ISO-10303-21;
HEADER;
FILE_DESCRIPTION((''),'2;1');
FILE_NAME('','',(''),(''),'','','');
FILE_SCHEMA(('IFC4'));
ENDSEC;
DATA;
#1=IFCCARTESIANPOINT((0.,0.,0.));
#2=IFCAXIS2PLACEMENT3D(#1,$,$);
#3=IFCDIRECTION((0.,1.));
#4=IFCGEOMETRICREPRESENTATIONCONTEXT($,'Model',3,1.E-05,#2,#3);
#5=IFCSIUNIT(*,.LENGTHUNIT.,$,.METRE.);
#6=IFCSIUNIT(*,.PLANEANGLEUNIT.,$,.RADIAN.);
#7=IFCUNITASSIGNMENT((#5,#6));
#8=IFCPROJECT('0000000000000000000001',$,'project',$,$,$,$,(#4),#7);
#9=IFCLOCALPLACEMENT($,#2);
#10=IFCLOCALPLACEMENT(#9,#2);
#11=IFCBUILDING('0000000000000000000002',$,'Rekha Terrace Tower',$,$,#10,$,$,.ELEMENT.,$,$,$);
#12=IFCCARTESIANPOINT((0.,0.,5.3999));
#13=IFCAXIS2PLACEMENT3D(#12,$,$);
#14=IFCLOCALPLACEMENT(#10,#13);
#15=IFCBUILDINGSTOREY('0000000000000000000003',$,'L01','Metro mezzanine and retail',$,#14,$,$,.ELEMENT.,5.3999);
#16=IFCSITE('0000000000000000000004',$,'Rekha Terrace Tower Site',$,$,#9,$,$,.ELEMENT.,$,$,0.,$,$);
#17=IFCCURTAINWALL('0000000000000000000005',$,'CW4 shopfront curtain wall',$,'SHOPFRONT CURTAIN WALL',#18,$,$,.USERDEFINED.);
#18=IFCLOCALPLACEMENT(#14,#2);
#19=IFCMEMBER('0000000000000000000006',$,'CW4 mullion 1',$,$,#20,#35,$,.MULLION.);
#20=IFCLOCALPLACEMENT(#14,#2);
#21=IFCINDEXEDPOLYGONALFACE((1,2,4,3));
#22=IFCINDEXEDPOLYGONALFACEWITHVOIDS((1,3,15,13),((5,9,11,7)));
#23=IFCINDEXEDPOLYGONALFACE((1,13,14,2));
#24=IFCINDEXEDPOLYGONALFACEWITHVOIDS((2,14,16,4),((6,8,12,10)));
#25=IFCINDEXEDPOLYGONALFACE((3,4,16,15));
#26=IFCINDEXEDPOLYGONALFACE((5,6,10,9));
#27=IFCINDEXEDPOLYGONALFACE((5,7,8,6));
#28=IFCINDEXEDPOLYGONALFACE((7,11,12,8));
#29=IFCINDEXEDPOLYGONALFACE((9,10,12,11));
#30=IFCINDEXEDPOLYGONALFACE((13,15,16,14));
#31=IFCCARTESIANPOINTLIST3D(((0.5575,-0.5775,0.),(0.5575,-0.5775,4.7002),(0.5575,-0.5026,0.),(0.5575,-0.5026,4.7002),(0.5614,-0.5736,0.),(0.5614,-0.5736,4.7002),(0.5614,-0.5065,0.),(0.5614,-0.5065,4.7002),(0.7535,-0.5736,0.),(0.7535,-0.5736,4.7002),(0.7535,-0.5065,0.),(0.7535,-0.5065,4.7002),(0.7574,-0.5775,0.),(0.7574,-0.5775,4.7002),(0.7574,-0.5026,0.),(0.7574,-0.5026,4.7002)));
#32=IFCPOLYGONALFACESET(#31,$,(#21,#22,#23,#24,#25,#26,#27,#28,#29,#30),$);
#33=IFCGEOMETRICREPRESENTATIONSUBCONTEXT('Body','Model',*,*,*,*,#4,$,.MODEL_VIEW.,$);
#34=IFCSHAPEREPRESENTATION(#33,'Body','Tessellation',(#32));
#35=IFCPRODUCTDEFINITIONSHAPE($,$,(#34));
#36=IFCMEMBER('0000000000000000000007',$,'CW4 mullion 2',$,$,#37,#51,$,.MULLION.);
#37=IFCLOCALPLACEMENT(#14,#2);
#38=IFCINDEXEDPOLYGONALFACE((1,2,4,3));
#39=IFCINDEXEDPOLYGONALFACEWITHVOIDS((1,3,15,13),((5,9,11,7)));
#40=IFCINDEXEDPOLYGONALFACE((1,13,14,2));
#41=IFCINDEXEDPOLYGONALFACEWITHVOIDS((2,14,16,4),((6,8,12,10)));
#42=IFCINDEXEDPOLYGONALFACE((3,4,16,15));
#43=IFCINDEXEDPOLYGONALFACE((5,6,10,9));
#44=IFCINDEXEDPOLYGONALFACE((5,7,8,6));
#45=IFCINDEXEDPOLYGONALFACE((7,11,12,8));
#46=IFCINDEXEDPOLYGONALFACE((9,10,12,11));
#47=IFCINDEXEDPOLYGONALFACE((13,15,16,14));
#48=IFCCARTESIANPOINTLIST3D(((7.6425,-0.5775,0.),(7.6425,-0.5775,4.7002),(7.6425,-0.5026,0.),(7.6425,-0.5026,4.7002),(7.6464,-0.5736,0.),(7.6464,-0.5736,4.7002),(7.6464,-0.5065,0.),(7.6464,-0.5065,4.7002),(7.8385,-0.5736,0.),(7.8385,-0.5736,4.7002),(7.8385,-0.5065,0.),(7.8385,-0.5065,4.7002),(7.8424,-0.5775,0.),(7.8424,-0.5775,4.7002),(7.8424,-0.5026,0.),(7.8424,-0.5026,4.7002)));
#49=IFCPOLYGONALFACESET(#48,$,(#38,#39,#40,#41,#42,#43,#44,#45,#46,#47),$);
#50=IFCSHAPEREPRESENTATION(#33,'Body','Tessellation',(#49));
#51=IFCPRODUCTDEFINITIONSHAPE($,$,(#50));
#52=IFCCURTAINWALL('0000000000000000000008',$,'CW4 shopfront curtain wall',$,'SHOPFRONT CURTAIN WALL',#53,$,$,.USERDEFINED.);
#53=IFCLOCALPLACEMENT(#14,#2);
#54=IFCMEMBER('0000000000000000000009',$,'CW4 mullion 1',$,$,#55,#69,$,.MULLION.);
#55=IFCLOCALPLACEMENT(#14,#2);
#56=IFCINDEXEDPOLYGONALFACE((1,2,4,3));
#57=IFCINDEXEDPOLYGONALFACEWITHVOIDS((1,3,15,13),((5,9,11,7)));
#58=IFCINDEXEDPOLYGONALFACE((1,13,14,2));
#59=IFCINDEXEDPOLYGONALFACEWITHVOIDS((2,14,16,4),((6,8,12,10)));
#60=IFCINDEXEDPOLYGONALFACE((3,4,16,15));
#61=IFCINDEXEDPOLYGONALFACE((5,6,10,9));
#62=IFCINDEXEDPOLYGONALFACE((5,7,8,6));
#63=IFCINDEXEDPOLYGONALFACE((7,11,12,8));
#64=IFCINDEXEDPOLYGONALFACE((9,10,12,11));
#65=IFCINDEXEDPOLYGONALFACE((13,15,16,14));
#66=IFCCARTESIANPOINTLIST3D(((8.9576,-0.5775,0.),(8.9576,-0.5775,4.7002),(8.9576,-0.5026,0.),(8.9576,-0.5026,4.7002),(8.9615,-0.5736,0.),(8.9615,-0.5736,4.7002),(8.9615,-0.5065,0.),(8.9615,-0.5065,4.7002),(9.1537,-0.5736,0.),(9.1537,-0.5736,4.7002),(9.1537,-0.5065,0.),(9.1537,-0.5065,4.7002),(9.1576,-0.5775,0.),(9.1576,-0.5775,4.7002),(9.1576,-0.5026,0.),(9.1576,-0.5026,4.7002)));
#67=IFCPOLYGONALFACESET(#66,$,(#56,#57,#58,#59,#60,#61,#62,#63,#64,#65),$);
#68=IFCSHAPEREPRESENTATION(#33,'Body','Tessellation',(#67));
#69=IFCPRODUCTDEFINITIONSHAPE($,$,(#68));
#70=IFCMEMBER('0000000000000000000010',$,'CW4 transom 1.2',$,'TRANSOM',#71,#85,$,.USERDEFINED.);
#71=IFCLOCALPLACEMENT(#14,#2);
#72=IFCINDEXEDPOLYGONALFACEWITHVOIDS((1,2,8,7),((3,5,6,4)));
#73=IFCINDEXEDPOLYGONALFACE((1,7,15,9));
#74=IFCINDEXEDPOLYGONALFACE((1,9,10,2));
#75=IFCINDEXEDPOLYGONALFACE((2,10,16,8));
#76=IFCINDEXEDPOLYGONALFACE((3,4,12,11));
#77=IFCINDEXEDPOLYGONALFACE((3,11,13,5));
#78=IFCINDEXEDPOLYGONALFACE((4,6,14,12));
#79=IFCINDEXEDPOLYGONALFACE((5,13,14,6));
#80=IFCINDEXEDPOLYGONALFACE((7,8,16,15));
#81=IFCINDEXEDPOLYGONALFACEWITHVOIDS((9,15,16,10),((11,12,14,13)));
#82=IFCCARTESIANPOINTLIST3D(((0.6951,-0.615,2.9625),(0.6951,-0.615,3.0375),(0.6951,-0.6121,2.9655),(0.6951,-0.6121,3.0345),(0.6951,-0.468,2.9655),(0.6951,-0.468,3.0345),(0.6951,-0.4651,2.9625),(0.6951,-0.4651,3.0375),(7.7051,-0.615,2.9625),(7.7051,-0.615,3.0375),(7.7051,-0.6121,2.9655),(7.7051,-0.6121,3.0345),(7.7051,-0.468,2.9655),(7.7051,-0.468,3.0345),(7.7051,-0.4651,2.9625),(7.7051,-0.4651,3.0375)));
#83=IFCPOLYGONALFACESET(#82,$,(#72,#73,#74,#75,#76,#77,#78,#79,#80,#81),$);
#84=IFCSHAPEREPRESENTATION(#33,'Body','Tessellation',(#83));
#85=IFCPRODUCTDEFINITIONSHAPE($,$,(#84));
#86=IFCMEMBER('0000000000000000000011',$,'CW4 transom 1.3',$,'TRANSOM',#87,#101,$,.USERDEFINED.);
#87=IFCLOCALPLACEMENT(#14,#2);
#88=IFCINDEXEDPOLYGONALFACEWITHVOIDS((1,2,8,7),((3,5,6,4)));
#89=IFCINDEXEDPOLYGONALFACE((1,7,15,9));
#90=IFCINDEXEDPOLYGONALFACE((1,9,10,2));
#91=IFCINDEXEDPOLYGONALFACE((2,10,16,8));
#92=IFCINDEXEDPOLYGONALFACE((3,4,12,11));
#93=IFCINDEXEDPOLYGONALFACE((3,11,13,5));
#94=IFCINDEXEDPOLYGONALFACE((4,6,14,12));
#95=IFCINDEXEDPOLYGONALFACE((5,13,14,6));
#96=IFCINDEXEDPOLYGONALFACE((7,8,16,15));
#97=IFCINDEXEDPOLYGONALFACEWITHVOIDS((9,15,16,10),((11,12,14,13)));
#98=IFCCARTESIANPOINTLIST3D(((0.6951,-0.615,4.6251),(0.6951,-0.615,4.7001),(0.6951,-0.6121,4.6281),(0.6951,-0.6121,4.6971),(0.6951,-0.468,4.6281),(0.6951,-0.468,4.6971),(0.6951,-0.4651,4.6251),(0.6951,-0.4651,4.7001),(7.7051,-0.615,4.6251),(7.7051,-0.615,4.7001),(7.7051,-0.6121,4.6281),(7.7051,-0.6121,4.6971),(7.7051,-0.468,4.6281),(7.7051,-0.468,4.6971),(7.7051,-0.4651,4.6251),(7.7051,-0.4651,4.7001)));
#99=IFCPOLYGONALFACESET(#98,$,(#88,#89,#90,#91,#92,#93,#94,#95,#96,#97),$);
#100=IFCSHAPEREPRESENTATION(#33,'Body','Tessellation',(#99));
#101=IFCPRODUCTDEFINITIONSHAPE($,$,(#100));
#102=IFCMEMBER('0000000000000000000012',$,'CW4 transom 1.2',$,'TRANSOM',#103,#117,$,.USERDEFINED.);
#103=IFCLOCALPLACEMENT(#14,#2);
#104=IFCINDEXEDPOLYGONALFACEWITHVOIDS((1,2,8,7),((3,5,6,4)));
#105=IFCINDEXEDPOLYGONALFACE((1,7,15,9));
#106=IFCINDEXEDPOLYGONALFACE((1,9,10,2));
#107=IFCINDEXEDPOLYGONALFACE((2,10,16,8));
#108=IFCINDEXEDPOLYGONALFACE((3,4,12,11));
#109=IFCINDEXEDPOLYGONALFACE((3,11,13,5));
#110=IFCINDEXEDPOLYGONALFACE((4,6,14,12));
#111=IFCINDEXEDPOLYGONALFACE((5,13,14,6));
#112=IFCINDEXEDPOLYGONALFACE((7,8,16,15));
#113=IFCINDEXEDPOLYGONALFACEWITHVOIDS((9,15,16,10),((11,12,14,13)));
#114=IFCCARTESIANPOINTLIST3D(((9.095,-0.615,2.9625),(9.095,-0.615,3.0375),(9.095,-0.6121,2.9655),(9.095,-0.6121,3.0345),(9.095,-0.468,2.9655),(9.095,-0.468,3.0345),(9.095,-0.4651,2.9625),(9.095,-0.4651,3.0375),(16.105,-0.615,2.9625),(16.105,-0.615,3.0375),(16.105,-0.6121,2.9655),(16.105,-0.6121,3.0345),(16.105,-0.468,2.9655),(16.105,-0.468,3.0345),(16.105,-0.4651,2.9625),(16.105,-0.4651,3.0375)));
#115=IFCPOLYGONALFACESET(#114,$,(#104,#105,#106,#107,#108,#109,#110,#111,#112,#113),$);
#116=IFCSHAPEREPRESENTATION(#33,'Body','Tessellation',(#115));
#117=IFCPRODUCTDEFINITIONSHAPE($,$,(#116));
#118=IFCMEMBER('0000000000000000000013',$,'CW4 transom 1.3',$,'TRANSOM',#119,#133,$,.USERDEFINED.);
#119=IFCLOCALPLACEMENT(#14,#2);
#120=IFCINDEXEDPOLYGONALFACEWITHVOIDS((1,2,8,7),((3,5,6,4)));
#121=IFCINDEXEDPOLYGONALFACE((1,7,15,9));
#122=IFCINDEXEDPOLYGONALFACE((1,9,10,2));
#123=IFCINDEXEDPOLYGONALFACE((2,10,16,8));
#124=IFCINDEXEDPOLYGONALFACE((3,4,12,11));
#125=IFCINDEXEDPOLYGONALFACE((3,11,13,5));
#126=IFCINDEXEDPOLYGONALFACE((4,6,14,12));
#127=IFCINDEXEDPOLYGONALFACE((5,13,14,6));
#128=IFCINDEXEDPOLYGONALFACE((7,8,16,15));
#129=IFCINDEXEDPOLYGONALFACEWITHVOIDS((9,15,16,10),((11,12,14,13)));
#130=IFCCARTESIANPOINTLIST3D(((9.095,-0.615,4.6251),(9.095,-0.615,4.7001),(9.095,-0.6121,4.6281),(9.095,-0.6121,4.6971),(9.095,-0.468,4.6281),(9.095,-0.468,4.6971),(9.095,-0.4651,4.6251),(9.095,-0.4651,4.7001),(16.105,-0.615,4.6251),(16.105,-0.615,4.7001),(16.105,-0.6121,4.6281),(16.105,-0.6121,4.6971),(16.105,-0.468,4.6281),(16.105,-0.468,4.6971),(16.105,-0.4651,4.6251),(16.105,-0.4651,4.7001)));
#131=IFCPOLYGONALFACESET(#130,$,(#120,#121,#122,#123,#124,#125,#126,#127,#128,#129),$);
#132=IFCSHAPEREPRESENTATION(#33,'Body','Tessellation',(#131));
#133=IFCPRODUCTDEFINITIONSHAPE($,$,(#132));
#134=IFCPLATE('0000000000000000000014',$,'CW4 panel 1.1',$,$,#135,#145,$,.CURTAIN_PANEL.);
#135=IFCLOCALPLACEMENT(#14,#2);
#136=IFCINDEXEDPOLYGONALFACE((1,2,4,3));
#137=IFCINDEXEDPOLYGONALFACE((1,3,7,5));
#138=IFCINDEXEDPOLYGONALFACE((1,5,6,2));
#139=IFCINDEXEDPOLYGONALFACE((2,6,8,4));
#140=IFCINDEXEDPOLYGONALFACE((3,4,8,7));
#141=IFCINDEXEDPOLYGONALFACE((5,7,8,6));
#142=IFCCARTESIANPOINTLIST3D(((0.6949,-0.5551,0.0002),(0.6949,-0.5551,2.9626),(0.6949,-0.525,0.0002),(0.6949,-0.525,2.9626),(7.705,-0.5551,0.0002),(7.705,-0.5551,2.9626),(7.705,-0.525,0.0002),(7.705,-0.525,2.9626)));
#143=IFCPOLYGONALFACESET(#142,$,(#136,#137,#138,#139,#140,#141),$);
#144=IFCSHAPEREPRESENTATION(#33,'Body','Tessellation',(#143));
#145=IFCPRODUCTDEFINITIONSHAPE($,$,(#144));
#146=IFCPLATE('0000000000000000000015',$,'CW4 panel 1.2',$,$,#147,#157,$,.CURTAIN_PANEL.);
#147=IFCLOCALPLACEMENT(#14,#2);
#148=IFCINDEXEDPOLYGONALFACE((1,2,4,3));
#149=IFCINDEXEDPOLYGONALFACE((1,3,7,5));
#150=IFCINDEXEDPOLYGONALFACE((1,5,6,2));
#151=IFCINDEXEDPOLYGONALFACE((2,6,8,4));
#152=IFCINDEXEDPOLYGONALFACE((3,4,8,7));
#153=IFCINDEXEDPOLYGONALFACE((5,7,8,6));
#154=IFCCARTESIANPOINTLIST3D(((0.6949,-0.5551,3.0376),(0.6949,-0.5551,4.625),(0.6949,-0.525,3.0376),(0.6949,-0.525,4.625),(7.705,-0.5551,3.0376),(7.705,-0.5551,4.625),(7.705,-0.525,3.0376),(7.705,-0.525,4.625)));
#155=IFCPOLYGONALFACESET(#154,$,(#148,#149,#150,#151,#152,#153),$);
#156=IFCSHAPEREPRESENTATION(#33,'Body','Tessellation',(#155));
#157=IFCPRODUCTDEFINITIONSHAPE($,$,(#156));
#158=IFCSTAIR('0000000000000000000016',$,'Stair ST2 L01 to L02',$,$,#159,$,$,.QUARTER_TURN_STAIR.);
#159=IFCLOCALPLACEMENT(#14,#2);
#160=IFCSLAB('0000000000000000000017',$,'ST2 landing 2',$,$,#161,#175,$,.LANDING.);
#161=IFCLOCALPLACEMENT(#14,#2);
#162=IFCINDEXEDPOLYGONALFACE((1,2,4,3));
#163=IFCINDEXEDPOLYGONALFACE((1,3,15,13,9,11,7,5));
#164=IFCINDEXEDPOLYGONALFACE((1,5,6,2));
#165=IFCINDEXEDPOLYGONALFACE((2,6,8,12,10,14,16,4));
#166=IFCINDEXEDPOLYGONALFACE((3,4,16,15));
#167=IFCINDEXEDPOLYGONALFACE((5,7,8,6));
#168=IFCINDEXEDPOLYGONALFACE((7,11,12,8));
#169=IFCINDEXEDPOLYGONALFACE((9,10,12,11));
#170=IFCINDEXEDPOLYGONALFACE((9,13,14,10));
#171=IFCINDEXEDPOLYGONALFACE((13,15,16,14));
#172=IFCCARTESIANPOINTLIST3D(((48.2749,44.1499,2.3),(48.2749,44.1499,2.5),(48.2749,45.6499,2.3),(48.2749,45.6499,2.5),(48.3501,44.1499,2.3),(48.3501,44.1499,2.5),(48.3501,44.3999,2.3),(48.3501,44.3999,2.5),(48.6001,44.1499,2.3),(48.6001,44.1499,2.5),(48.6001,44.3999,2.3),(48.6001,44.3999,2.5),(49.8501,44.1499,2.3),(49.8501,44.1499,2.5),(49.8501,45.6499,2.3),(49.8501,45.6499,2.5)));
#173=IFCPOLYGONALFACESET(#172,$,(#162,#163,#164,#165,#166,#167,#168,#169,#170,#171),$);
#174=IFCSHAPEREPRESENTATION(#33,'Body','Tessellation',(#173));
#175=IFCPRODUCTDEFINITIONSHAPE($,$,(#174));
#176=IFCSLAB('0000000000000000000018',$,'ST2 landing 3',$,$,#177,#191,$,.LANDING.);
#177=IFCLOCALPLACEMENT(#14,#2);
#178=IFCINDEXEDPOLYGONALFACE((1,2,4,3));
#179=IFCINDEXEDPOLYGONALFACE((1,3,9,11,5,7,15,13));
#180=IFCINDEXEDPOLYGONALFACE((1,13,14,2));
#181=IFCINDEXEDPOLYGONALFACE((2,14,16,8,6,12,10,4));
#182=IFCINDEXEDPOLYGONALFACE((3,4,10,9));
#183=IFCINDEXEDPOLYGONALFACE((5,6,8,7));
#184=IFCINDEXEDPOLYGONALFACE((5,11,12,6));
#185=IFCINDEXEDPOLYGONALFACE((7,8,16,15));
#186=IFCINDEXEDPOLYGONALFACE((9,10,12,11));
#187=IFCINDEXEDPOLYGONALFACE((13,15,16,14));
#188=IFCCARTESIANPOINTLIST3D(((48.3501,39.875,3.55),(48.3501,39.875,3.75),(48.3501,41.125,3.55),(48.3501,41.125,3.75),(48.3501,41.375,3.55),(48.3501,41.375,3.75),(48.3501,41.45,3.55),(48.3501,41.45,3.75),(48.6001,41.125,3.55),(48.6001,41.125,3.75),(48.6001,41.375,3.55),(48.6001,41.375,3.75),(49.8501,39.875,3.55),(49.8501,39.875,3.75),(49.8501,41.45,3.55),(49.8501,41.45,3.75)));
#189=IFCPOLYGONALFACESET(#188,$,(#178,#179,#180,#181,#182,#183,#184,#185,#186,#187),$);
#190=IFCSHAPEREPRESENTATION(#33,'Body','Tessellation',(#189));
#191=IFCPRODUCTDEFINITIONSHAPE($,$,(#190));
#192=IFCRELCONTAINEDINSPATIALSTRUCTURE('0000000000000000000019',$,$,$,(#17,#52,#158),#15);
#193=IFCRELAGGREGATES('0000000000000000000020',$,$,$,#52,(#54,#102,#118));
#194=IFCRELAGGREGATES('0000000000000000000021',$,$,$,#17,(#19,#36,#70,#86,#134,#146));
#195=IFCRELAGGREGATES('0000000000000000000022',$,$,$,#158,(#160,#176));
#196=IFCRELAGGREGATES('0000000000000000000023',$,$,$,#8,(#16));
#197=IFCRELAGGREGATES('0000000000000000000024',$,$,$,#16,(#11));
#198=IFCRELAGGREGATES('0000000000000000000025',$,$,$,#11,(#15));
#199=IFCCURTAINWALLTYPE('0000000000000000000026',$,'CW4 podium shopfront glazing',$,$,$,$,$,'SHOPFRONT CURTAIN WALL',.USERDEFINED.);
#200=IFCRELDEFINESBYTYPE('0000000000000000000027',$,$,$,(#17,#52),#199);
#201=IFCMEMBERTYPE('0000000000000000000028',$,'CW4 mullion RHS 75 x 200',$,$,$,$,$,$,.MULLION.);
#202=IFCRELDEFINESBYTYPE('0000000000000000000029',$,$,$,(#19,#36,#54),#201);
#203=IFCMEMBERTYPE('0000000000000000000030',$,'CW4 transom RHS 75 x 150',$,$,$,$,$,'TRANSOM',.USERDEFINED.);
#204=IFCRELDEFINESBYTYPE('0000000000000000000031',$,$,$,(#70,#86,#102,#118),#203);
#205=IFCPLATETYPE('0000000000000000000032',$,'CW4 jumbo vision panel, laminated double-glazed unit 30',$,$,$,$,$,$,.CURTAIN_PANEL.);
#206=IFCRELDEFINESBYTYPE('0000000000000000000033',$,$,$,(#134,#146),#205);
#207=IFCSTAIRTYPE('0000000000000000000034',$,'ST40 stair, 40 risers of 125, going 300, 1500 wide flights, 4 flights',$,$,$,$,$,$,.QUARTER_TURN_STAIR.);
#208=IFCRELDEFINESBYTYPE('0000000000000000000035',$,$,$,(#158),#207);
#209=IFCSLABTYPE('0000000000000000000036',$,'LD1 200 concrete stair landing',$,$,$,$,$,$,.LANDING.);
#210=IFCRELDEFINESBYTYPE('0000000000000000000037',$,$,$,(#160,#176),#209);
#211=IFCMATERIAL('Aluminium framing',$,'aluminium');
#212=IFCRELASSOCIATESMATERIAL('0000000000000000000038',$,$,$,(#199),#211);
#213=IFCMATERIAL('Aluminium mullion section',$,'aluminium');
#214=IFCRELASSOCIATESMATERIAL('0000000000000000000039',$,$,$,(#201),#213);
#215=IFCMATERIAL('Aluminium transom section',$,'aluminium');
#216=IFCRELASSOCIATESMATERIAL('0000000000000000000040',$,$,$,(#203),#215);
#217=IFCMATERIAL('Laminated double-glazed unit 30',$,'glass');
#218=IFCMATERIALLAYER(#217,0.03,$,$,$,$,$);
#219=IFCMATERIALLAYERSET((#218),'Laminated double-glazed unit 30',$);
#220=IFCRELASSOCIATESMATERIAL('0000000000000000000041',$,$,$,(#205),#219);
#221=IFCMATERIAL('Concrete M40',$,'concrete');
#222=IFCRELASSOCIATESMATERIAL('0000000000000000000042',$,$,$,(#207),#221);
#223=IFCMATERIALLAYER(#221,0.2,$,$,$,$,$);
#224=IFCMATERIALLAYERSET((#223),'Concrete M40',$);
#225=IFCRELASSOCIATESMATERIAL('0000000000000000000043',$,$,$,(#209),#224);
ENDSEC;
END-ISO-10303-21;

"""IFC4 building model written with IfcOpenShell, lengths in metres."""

from ifc_helpers import new_model, si_unit, direction, frame, origin, origin_2d, place, context, subcontext, project, spatial, polyline, rectangle, hollow_rectangle, outline, extrude, material, layer, layer_set, material_profile, profile_set, type_object, element, aggregate, save


model = new_model("IFC4")

# Units and contexts
model_context = context("Model", 3, precision=1e-05, world=origin(), true_north=direction((0.0, 1.0)))
body_context = subcontext(model_context, "Body", "Model", "MODEL_VIEW")
ifc_project = project(units=[si_unit("LENGTHUNIT", "METRE"), si_unit("PLANEANGLEUNIT", "RADIAN")], contexts=[model_context])

# Site, building, storey
site_placement = place(None, origin())
site = spatial("IfcSite", under=ifc_project, at=site_placement, Name="Rekha Terrace Tower Site", CompositionType="ELEMENT", RefElevation=0.0)
building_placement = place(site_placement, origin())
building = spatial("IfcBuilding", under=site, at=building_placement, Name="Rekha Terrace Tower", CompositionType="ELEMENT")
storey_placement = place(building_placement, frame((0.0, 0.0, 5.3999)))
storey = spatial("IfcBuildingStorey", under=building, at=storey_placement, Name="L01", Description="Metro mezzanine and retail", CompositionType="ELEMENT", Elevation=5.3999)

# Curtain wall, members
ifc_material_1 = material(Name="Aluminium framing", Category="aluminium")
curtain_wall_type = type_object("IfcCurtainWallType", Name="CW4 podium shopfront glazing", ElementType="SHOPFRONT CURTAIN WALL", PredefinedType="USERDEFINED", material=ifc_material_1)
curtain_wall_1_placement = place(storey_placement, origin())
curtain_wall_1 = element("IfcCurtainWall", 1, at=curtain_wall_1_placement, inside=storey, type_object=curtain_wall_type, Name="CW4 shopfront curtain wall", ObjectType="SHOPFRONT CURTAIN WALL", PredefinedType="USERDEFINED")
ifc_material_2 = material(Name="Aluminium mullion section", Category="aluminium")
ifc_material_profile_1 = material_profile(ifc_material_2, hollow_rectangle(XDim=0.075, YDim=0.2, WallThickness=0.0039, at=origin_2d()), Name="AL RHS 75x200")
ifc_profile_set_1 = profile_set([ifc_material_profile_1], Name="Aluminium mullion section")
member_type_1 = type_object("IfcMemberType", Name="CW4 mullion RHS 75 x 200", PredefinedType="MULLION", material=ifc_profile_set_1)
member_1_placement = place(storey_placement, frame((0.6575, -0.54, 0.0), z_axis=(0.0, 0.0, 1.0), x_axis=(0.0, 1.0, 0.0)))
member_1 = element("IfcMember", 2, at=member_1_placement, type_object=member_type_1, Name="CW4 mullion 1", PredefinedType="MULLION", context=body_context, shape_type="SweptSolid", body=[
    extrude(hollow_rectangle(XDim=0.075, YDim=0.2, WallThickness=0.0039, at=origin_2d()), origin(), (0.0, 0.0, 1.0), 4.7002),
])
member_2_placement = place(storey_placement, frame((7.7424, -0.54, 0.0), z_axis=(0.0, 0.0, 1.0), x_axis=(0.0, 1.0, 0.0)))
member_2 = element("IfcMember", 3, at=member_2_placement, type_object=member_type_1, Name="CW4 mullion 2", PredefinedType="MULLION", context=body_context, shape_type="SweptSolid", body=[
    extrude(hollow_rectangle(XDim=0.075, YDim=0.2, WallThickness=0.0039, at=origin_2d()), origin(), (0.0, 0.0, 1.0), 4.7002),
])

# Curtain wall, member
curtain_wall_2_placement = place(storey_placement, origin())
curtain_wall_2 = element("IfcCurtainWall", 4, at=curtain_wall_2_placement, inside=storey, type_object=curtain_wall_type, Name="CW4 shopfront curtain wall", ObjectType="SHOPFRONT CURTAIN WALL", PredefinedType="USERDEFINED")
member_3_placement = place(storey_placement, frame((9.0576, -0.54, 0.0), z_axis=(0.0, 0.0, 1.0), x_axis=(0.0, 1.0, 0.0)))
member_3 = element("IfcMember", 5, at=member_3_placement, type_object=member_type_1, Name="CW4 mullion 1", PredefinedType="MULLION", context=body_context, shape_type="SweptSolid", body=[
    extrude(hollow_rectangle(XDim=0.075, YDim=0.2, WallThickness=0.0039, at=origin_2d()), origin(), (0.0, 0.0, 1.0), 4.7002),
])

# Members
ifc_material_3 = material(Name="Aluminium transom section", Category="aluminium")
ifc_material_profile_2 = material_profile(ifc_material_3, hollow_rectangle(XDim=0.1499, YDim=0.075, WallThickness=0.0029, at=origin_2d()), Name="AL RHS 150x75")
ifc_profile_set_2 = profile_set([ifc_material_profile_2], Name="Aluminium transom section")
member_type_2 = type_object("IfcMemberType", Name="CW4 transom RHS 75 x 150", ElementType="TRANSOM", PredefinedType="USERDEFINED", material=ifc_profile_set_2)
member_4_placement = place(storey_placement, frame((0.6951, -0.54, 3.0), z_axis=(1.0, 0.0, 0.0), x_axis=(0.0, 1.0, 0.0)))
member_4 = element("IfcMember", 6, at=member_4_placement, type_object=member_type_2, Name="CW4 transom 1.2", ObjectType="TRANSOM", PredefinedType="USERDEFINED", context=body_context, shape_type="SweptSolid", body=[
    extrude(hollow_rectangle(XDim=0.1499, YDim=0.075, WallThickness=0.0029, at=origin_2d()), origin(), (0.0, 0.0, 1.0), 7.01),
])
member_5_placement = place(storey_placement, frame((0.6951, -0.54, 4.6626), z_axis=(1.0, 0.0, 0.0), x_axis=(0.0, 1.0, 0.0)))
member_5 = element("IfcMember", 7, at=member_5_placement, type_object=member_type_2, Name="CW4 transom 1.3", ObjectType="TRANSOM", PredefinedType="USERDEFINED", context=body_context, shape_type="SweptSolid", body=[
    extrude(hollow_rectangle(XDim=0.1499, YDim=0.075, WallThickness=0.0029, at=origin_2d()), origin(), (0.0, 0.0, 1.0), 7.01),
])
member_6_placement = place(storey_placement, frame((9.095, -0.54, 3.0), z_axis=(1.0, 0.0, 0.0), x_axis=(0.0, 1.0, 0.0)))
member_6 = element("IfcMember", 8, at=member_6_placement, type_object=member_type_2, Name="CW4 transom 1.2", ObjectType="TRANSOM", PredefinedType="USERDEFINED", context=body_context, shape_type="SweptSolid", body=[
    extrude(hollow_rectangle(XDim=0.1499, YDim=0.075, WallThickness=0.0029, at=origin_2d()), origin(), (0.0, 0.0, 1.0), 7.01),
])
member_7_placement = place(storey_placement, frame((9.095, -0.54, 4.6626), z_axis=(1.0, 0.0, 0.0), x_axis=(0.0, 1.0, 0.0)))
member_7 = element("IfcMember", 9, at=member_7_placement, type_object=member_type_2, Name="CW4 transom 1.3", ObjectType="TRANSOM", PredefinedType="USERDEFINED", context=body_context, shape_type="SweptSolid", body=[
    extrude(hollow_rectangle(XDim=0.1499, YDim=0.075, WallThickness=0.0029, at=origin_2d()), origin(), (0.0, 0.0, 1.0), 7.01),
])
aggregate(curtain_wall_2, [member_3, member_6, member_7])

# Plates
ifc_material_4 = material(Name="Laminated double-glazed unit 30", Category="glass")
ifc_layer_1 = layer(ifc_material_4, 0.03)
ifc_layer_set_1 = layer_set([ifc_layer_1], Name="Laminated double-glazed unit 30")
plate_type = type_object("IfcPlateType", Name="CW4 jumbo vision panel, laminated double-glazed unit 30", PredefinedType="CURTAIN_PANEL", material=ifc_layer_set_1)
plate_1_placement = place(storey_placement, frame((4.2, -0.54, 0.0002), z_axis=(0.0, 0.0, 1.0), x_axis=(1.0, 0.0, 0.0)))
plate_1 = element("IfcPlate", 10, at=plate_1_placement, type_object=plate_type, Name="CW4 panel 1.1", PredefinedType="CURTAIN_PANEL", context=body_context, shape_type="SweptSolid", body=[
    extrude(rectangle(XDim=7.01, YDim=0.03, at=origin_2d()), origin(), (0.0, 0.0, 1.0), 2.9624),
])
plate_2_placement = place(storey_placement, frame((4.2, -0.54, 3.0376), z_axis=(0.0, 0.0, 1.0), x_axis=(1.0, 0.0, 0.0)))
plate_2 = element("IfcPlate", 11, at=plate_2_placement, type_object=plate_type, Name="CW4 panel 1.2", PredefinedType="CURTAIN_PANEL", context=body_context, shape_type="SweptSolid", body=[
    extrude(rectangle(XDim=7.01, YDim=0.03, at=origin_2d()), origin(), (0.0, 0.0, 1.0), 1.5874),
])
aggregate(curtain_wall_1, [member_1, member_2, member_4, member_5, plate_1, plate_2])

# Stair, slabs
ifc_material_5 = material(Name="Concrete M40", Category="concrete")
stair_type = type_object("IfcStairType", Name="ST40 stair, 40 risers of 125, going 300, 1500 wide flights, 4 flights", PredefinedType="QUARTER_TURN_STAIR", material=ifc_material_5)
stair_1_placement = place(storey_placement, origin())
stair_1 = element("IfcStair", 12, at=stair_1_placement, inside=storey, type_object=stair_type, Name="Stair ST2 L01 to L02", PredefinedType="QUARTER_TURN_STAIR")
ifc_layer_2 = layer(ifc_material_5, 0.2)
ifc_layer_set_2 = layer_set([ifc_layer_2], Name="Concrete M40")
slab_type = type_object("IfcSlabType", Name="LD1 200 concrete stair landing", PredefinedType="LANDING", material=ifc_layer_set_2)
slab_1_placement = place(storey_placement, frame((0.0, 0.0, 2.3)))
slab_1 = element("IfcSlab", 13, at=slab_1_placement, type_object=slab_type, Name="ST2 landing 2", PredefinedType="LANDING", context=body_context, shape_type="SweptSolid", body=[
    extrude(outline(polyline([(49.8501, 44.1499), (49.8501, 45.6499), (48.2749, 45.6499), (48.2749, 44.1499), (48.3501, 44.1499), (48.3501, 44.3999), (48.6001, 44.3999), (48.6001, 44.1499), (49.8501, 44.1499)])), origin(), (0.0, 0.0, 1.0), 0.2),
])
slab_2_placement = place(storey_placement, frame((0.0, 0.0, 3.55)))
slab_2 = element("IfcSlab", 14, at=slab_2_placement, type_object=slab_type, Name="ST2 landing 3", PredefinedType="LANDING", context=body_context, shape_type="SweptSolid", body=[
    extrude(outline(polyline([(48.3501, 39.875), (49.8501, 39.875), (49.8501, 41.45), (48.3501, 41.45), (48.3501, 41.375), (48.6001, 41.375), (48.6001, 41.125), (48.3501, 41.125), (48.3501, 39.875)])), origin(), (0.0, 0.0, 1.0), 0.2),
])
aggregate(stair_1, [slab_1, slab_2])

save(model, "model.ifc")
